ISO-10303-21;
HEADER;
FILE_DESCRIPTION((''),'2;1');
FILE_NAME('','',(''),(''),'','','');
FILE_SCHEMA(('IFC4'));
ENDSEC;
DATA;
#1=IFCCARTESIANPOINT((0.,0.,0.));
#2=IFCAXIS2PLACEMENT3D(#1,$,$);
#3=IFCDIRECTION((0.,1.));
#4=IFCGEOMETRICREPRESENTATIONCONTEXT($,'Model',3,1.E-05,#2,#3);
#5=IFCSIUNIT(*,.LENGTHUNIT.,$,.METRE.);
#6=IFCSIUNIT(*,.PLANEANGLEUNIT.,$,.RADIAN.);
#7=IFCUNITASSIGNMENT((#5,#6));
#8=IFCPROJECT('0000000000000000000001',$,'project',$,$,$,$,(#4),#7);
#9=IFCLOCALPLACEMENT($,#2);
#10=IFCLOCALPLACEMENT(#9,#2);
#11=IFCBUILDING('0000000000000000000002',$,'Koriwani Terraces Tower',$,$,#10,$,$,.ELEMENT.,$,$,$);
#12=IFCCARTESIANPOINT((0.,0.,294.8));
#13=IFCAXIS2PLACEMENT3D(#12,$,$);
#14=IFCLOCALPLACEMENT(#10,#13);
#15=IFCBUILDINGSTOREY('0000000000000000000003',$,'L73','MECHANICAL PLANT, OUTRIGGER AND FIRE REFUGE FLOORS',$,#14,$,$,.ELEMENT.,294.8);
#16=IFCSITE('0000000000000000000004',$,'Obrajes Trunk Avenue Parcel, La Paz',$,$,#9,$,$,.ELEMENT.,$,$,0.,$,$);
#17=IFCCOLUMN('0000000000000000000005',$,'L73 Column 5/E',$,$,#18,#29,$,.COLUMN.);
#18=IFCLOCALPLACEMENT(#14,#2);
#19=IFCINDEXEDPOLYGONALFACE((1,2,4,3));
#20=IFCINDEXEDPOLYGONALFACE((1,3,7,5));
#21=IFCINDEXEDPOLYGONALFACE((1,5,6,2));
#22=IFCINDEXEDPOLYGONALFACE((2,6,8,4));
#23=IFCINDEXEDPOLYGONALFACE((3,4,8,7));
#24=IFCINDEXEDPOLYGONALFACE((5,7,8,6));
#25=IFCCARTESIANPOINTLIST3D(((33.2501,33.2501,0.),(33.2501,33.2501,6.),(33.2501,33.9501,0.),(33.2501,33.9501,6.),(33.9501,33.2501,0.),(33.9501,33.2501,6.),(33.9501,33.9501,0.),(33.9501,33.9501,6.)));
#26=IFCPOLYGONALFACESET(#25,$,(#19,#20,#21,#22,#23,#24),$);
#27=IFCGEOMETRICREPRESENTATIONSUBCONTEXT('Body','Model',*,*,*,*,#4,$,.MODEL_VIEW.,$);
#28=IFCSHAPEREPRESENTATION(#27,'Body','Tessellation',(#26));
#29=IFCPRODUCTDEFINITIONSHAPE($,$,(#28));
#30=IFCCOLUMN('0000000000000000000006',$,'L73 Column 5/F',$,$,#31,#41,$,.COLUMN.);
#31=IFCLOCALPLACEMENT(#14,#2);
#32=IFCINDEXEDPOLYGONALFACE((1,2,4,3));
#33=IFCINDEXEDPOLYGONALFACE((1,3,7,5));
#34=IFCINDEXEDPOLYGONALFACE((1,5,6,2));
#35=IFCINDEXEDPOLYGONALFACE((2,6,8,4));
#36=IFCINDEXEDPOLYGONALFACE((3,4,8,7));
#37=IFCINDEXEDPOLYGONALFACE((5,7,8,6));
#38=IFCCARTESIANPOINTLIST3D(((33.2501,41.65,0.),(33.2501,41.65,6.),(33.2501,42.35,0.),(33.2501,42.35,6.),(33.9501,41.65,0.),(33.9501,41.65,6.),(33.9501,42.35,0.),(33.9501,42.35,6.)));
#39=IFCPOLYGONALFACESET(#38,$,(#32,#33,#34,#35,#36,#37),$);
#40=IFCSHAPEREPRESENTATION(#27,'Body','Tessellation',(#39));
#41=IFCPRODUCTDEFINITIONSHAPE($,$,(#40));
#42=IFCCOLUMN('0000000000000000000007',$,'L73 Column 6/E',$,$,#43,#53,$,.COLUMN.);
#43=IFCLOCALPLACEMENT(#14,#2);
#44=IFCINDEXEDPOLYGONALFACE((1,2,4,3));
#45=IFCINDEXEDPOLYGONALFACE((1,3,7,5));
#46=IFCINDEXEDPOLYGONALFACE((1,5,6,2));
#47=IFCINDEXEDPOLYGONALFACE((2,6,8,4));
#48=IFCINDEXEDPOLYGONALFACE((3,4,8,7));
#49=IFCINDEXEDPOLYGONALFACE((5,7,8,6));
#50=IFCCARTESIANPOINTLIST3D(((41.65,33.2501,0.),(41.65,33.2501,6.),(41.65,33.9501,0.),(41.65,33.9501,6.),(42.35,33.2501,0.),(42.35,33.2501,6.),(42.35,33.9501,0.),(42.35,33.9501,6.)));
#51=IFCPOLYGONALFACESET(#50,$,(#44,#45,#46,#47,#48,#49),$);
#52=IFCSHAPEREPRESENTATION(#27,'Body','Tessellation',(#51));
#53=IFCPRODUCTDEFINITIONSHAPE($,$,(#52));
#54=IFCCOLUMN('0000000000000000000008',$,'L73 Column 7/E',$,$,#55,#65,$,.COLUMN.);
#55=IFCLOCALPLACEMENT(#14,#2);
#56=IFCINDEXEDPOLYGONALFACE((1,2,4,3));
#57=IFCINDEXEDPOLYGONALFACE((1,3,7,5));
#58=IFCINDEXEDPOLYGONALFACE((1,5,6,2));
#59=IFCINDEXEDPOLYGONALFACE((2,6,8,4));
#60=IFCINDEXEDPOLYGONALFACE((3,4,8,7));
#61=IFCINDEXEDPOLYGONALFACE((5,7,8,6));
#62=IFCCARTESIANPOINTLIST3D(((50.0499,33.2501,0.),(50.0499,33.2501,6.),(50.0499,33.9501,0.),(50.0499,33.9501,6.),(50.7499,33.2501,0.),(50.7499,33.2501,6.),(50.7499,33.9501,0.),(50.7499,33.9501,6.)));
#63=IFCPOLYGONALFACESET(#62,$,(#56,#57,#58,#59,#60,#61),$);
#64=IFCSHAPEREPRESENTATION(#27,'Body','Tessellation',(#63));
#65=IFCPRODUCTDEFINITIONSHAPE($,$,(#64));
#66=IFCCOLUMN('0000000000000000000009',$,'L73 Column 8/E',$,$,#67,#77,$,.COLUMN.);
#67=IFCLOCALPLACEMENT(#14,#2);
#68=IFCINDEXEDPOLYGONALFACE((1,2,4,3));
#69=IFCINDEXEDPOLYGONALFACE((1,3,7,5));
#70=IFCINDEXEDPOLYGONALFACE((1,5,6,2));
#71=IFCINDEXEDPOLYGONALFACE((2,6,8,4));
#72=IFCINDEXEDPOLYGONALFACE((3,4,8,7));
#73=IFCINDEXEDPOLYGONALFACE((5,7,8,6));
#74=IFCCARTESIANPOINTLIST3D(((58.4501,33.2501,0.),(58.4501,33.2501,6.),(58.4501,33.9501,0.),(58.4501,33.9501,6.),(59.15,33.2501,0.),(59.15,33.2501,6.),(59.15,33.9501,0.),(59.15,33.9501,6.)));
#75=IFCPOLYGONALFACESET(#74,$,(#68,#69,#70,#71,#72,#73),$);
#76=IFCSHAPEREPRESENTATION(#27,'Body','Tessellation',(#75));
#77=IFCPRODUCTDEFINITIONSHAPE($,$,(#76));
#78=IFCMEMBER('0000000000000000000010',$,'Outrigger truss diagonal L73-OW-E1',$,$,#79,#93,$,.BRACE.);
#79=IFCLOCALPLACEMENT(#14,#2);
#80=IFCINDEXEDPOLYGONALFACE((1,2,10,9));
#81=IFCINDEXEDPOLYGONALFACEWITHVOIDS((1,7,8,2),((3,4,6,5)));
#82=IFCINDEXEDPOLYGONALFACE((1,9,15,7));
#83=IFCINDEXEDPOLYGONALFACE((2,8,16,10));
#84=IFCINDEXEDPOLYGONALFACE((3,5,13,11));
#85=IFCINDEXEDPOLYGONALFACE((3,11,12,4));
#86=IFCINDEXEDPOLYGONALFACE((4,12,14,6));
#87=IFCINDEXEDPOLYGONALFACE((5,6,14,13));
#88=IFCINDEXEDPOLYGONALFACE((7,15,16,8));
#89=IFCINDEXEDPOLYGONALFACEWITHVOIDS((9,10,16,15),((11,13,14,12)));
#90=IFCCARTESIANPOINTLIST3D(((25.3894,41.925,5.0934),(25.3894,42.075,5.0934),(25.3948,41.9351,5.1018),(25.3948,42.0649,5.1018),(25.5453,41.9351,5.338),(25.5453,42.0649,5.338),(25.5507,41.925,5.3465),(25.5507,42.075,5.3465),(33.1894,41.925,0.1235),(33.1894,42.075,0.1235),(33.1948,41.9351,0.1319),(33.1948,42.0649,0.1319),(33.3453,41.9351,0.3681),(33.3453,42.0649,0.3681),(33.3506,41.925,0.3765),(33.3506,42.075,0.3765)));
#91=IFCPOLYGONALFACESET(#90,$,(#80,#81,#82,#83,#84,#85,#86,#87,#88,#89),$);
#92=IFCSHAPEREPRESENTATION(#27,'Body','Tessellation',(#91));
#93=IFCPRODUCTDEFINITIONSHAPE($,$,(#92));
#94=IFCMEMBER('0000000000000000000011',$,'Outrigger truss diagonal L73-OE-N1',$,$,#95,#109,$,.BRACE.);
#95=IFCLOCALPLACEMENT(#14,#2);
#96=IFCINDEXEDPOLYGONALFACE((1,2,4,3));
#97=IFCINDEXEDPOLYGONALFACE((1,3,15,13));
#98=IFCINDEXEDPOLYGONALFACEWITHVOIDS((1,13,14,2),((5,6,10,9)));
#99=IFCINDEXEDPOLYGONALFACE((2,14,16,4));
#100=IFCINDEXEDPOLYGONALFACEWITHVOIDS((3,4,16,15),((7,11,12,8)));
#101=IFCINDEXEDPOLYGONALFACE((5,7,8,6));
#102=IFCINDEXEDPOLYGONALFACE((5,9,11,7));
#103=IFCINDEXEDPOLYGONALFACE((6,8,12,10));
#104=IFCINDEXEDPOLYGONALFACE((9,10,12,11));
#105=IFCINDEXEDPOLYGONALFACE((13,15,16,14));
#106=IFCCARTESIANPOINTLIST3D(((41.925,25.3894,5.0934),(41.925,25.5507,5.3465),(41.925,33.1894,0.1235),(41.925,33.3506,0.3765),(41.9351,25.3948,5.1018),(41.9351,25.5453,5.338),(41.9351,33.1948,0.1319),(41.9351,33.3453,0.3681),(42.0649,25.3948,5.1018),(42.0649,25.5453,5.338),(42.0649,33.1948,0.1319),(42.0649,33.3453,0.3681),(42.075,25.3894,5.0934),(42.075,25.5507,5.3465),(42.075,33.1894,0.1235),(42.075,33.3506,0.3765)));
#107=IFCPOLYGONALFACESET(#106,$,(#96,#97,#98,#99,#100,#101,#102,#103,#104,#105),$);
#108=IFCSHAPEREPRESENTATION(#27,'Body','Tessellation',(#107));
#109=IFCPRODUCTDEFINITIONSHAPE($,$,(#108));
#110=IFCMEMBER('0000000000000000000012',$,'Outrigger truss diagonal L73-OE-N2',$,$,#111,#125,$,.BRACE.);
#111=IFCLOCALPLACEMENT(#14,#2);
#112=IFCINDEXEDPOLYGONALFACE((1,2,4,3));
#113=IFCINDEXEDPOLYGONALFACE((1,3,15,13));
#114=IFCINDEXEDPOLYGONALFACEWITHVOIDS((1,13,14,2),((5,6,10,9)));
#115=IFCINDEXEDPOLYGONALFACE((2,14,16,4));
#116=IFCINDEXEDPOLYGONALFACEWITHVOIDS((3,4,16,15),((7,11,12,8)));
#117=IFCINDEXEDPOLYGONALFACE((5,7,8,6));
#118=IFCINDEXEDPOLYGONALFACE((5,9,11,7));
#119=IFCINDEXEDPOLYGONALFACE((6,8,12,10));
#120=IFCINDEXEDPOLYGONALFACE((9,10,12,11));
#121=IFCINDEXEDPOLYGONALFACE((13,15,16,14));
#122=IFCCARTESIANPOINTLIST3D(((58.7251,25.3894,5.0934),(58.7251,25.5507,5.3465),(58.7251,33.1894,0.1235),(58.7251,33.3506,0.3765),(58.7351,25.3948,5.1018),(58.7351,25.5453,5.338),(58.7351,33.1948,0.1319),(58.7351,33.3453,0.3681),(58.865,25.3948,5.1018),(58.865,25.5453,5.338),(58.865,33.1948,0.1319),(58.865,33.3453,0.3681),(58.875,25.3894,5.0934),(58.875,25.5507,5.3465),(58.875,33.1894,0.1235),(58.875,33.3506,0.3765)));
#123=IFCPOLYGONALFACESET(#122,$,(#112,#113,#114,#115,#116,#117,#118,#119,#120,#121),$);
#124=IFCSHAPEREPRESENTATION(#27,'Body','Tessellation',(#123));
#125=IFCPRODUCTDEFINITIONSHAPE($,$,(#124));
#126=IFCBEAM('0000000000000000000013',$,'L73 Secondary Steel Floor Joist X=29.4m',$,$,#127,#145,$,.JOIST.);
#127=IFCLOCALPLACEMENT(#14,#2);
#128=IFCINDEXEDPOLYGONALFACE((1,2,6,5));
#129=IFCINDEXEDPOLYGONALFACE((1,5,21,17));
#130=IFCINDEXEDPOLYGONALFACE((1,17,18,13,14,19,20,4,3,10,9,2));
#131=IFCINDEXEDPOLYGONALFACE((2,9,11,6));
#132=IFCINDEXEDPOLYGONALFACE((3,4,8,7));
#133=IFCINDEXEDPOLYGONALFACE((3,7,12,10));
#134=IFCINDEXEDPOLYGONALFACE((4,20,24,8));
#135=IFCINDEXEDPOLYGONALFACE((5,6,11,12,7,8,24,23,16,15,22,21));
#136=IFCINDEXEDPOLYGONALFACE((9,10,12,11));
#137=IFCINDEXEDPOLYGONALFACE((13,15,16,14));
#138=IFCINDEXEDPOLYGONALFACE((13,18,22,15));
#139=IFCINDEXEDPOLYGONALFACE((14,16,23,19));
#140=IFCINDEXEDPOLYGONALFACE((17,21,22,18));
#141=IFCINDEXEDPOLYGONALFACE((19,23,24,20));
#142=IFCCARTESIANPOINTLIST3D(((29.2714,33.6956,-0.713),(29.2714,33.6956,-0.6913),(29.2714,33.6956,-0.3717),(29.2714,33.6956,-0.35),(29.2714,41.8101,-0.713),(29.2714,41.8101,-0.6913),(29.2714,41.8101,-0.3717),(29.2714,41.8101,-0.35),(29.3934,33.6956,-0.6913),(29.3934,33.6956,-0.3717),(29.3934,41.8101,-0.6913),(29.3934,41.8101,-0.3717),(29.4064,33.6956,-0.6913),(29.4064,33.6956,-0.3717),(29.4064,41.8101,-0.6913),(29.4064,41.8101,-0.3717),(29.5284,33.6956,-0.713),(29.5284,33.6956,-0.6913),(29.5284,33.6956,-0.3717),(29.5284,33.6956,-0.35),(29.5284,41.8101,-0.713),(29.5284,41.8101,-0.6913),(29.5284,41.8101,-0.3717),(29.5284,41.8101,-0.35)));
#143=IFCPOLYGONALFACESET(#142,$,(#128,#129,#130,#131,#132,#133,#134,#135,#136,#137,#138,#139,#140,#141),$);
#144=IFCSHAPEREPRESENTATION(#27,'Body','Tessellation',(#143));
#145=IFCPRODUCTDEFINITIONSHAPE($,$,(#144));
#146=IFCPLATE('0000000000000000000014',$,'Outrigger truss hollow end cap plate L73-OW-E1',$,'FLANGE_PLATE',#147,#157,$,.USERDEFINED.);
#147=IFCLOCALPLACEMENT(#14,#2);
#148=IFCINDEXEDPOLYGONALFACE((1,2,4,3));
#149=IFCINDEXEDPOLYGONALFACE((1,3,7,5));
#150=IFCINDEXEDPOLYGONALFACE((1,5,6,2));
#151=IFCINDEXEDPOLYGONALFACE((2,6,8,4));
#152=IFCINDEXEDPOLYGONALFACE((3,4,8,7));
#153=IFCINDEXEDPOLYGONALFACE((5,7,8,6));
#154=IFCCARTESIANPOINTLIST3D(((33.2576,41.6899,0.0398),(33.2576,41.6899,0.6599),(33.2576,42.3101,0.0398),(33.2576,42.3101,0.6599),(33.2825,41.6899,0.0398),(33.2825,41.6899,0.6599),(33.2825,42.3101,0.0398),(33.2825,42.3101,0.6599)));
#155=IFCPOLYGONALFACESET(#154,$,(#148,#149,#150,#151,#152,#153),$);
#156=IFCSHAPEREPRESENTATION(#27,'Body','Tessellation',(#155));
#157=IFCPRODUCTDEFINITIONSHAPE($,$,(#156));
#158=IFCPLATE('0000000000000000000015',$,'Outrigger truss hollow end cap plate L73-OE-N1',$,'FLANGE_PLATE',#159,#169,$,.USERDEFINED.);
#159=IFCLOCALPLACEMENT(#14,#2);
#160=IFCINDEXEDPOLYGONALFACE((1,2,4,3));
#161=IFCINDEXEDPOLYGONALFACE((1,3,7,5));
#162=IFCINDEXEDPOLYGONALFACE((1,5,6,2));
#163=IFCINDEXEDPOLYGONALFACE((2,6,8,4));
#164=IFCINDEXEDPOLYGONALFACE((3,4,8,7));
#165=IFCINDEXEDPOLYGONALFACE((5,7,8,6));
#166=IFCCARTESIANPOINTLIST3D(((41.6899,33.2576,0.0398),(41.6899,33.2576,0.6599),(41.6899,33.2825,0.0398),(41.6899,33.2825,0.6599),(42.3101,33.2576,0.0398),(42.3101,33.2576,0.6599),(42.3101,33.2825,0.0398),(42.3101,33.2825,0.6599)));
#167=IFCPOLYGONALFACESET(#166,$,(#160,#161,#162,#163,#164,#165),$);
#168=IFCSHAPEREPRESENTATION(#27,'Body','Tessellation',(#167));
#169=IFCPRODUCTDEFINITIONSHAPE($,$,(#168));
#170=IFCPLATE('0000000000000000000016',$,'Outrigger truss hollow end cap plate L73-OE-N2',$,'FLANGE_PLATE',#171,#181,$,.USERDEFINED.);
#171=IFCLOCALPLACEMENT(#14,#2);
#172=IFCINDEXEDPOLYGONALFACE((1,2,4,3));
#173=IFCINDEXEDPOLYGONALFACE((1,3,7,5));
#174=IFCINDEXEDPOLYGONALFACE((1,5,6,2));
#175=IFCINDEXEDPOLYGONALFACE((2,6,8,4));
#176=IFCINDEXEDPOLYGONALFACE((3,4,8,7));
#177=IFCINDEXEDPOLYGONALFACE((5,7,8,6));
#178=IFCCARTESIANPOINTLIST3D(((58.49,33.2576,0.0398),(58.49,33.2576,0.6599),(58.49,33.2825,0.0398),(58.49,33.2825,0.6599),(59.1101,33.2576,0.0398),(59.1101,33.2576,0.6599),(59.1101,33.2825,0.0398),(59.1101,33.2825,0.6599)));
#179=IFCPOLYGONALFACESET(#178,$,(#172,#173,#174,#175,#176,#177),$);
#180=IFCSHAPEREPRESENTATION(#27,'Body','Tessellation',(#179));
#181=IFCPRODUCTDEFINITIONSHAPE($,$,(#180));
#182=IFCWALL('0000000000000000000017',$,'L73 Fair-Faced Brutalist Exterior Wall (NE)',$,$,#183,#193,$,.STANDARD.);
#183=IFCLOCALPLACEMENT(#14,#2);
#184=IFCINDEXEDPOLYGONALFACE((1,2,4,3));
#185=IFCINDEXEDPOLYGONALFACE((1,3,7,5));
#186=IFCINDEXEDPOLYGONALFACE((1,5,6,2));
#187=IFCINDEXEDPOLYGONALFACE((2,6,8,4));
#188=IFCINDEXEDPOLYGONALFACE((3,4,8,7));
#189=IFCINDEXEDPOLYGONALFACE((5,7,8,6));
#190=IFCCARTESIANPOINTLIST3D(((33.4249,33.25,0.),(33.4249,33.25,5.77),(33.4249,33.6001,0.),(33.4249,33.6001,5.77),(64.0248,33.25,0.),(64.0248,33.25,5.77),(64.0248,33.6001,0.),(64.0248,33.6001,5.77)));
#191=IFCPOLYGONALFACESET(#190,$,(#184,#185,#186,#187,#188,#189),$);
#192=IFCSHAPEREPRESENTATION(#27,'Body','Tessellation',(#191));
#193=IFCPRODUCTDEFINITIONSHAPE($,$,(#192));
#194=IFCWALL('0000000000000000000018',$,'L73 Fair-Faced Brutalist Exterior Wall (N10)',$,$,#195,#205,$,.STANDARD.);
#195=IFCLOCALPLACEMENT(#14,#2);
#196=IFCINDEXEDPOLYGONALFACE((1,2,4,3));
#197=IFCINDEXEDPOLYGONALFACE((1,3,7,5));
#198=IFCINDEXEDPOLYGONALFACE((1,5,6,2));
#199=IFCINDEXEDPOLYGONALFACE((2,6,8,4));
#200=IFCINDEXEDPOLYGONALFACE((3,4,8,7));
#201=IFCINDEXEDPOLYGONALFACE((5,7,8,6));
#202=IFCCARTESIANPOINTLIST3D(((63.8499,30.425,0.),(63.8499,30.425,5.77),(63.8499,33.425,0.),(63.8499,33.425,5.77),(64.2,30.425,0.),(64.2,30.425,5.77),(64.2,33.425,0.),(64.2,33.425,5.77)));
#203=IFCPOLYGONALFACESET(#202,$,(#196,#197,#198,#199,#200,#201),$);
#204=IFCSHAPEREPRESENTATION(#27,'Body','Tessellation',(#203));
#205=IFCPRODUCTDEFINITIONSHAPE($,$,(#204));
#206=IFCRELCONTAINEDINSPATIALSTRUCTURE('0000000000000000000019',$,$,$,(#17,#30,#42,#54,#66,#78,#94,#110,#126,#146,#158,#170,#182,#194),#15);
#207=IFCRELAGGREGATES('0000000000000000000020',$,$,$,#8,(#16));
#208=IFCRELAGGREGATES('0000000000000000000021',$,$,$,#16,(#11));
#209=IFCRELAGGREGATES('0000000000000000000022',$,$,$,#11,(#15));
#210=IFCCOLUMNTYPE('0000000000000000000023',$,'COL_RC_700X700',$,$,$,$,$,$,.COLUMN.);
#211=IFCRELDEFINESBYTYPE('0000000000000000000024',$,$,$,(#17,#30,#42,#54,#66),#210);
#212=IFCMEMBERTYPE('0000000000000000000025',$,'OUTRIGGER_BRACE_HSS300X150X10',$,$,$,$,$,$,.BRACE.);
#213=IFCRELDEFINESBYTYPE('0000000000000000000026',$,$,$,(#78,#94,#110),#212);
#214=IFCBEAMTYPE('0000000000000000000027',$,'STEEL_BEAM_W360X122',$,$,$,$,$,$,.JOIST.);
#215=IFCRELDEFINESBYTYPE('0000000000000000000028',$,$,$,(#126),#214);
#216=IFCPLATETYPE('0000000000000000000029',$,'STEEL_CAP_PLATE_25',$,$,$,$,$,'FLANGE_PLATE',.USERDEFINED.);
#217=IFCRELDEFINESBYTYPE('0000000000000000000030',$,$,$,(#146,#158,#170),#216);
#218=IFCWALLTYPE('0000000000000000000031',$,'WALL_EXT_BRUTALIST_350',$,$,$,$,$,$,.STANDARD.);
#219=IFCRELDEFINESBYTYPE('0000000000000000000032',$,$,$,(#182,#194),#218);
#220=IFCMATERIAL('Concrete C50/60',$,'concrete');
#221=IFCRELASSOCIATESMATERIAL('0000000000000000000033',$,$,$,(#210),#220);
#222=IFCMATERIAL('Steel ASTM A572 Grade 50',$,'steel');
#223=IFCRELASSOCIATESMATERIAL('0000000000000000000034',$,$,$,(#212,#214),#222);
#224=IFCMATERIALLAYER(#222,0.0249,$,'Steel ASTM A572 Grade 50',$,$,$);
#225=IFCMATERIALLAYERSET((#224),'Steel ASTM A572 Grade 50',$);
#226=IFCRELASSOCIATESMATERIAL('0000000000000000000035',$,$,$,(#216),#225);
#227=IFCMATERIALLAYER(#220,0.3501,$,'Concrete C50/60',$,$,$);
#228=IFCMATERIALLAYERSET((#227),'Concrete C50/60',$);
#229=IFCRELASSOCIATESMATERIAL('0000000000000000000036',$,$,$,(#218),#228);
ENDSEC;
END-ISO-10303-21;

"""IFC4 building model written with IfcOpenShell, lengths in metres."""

from ifc_helpers import new_model, si_unit, direction, frame, frame_2d, origin, origin_2d, place, context, subcontext, project, spatial, rectangle, hollow_rectangle, i_section, extrude, material, layer, layer_set, material_profile, profile_set, type_object, element, save


model = new_model("IFC4")

# Units and contexts
model_context = context("Model", 3, precision=1e-05, world=origin(), true_north=direction((0.0, 1.0)))
body_context = subcontext(model_context, "Body", "Model", "MODEL_VIEW")
ifc_project = project(units=[si_unit("LENGTHUNIT", "METRE"), si_unit("PLANEANGLEUNIT", "RADIAN")], contexts=[model_context])

# Site, building, storey
site_placement = place(None, origin())
site = spatial("IfcSite", under=ifc_project, at=site_placement, Name="Obrajes Trunk Avenue Parcel, La Paz", CompositionType="ELEMENT", RefElevation=0.0)
building_placement = place(site_placement, origin())
building = spatial("IfcBuilding", under=site, at=building_placement, Name="Koriwani Terraces Tower", CompositionType="ELEMENT")
storey_placement = place(building_placement, frame((0.0, 0.0, 294.8)))
storey = spatial("IfcBuildingStorey", under=building, at=storey_placement, Name="L73", Description="MECHANICAL PLANT, OUTRIGGER AND FIRE REFUGE FLOORS", CompositionType="ELEMENT", Elevation=294.8)

# Columns
ifc_material_1 = material(Name="Concrete C50/60", Category="concrete")
ifc_material_profile_1 = material_profile(ifc_material_1, rectangle(XDim=0.7, YDim=0.7, at=origin_2d()), Name="Concrete C50/60", Category="LoadBearing")
ifc_profile_set_1 = profile_set([ifc_material_profile_1], Name="Concrete C50/60")
column_type = type_object("IfcColumnType", Name="COL_RC_700X700", PredefinedType="COLUMN", material=ifc_profile_set_1)
for number, where, z_axis, x_axis, name in (
    (1, (33.6001, 33.6001, 0.0), (0.0, 0.0, 1.0), (1.0, 0.0, 0.0), "L73 Column 5/E"),
    (2, (33.6001, 42.0, 0.0), (0.0, 0.0, 1.0), (1.0, 0.0, 0.0), "L73 Column 5/F"),
    (3, (42.0, 33.6001, 0.0), (0.0, 0.0, 1.0), (1.0, 0.0, 0.0), "L73 Column 6/E"),
    (4, (50.3999, 33.6001, 0.0), (0.0, 0.0, 1.0), (1.0, 0.0, 0.0), "L73 Column 7/E"),
    (5, (58.8, 33.6001, 0.0), (0.0, 0.0, 1.0), (1.0, 0.0, 0.0), "L73 Column 8/E"),
):
    element("IfcColumn", number, at=place(storey_placement, frame(where, z_axis=z_axis, x_axis=x_axis)), inside=storey, type_object=column_type, Name=name, PredefinedType="COLUMN", context=body_context, shape_type="SweptSolid", body=[
        extrude(rectangle(XDim=0.7, YDim=0.7, at=origin_2d()), origin(), (0.0, 0.0, 1.0), 6.0),
    ])

# Members
ifc_material_2 = material(Name="Steel ASTM A572 Grade 50", Category="steel")
ifc_material_profile_2 = material_profile(ifc_material_2, hollow_rectangle(XDim=0.1499, YDim=0.3, WallThickness=0.01, at=origin_2d()), Name="Steel ASTM A572 Grade 50", Category="LoadBearing")
ifc_profile_set_2 = profile_set([ifc_material_profile_2], Name="Steel ASTM A572 Grade 50")
member_type = type_object("IfcMemberType", Name="OUTRIGGER_BRACE_HSS300X150X10", PredefinedType="BRACE", material=ifc_profile_set_2)
for number, where, z_axis, x_axis, name in (
    (6, (33.27, 42.0, 0.25), (-0.843353, 0.0, 0.53736), (0.0, -1.0, 0.0), "Outrigger truss diagonal L73-OW-E1"),
    (7, (42.0, 33.27, 0.25), (0.0, -0.843353, 0.53736), (1.0, 0.0, 0.0), "Outrigger truss diagonal L73-OE-N1"),
    (8, (58.8, 33.27, 0.25), (0.0, -0.843353, 0.53736), (1.0, 0.0, 0.0), "Outrigger truss diagonal L73-OE-N2"),
):
    element("IfcMember", number, at=place(storey_placement, frame(where, z_axis=z_axis, x_axis=x_axis)), inside=storey, type_object=member_type, Name=name, PredefinedType="BRACE", context=body_context, shape_type="SweptSolid", body=[
        extrude(hollow_rectangle(XDim=0.1499, YDim=0.3, WallThickness=0.01, at=origin_2d()), origin(), (0.0, 0.0, 1.0), 9.2488),
    ])

# Beam
ifc_material_profile_3 = material_profile(ifc_material_2, i_section(OverallWidth=0.2571, OverallDepth=0.363, WebThickness=0.0129, FlangeThickness=0.0217, at=origin_2d()), Name="Steel ASTM A572 Grade 50", Category="LoadBearing")
ifc_profile_set_3 = profile_set([ifc_material_profile_3], Name="Steel ASTM A572 Grade 50")
beam_type = type_object("IfcBeamType", Name="STEEL_BEAM_W360X122", PredefinedType="JOIST", material=ifc_profile_set_3)
beam_placement = place(storey_placement, frame((29.3999, 33.6956, -0.5315), z_axis=(0.0, 1.0, 0.0), x_axis=(-1.0, 0.0, 0.0)))
element("IfcBeam", 9, at=beam_placement, inside=storey, type_object=beam_type, Name="L73 Secondary Steel Floor Joist X=29.4m", PredefinedType="JOIST", context=body_context, shape_type="SweptSolid", body=[
    extrude(i_section(OverallWidth=0.2571, OverallDepth=0.363, WebThickness=0.0129, FlangeThickness=0.0217, at=origin_2d()), origin(), (0.0, 0.0, 1.0), 8.1145),
])

# Plates
ifc_layer_1 = layer(ifc_material_2, 0.0249, Name="Steel ASTM A572 Grade 50")
ifc_layer_set_1 = layer_set([ifc_layer_1], Name="Steel ASTM A572 Grade 50")
plate_type = type_object("IfcPlateType", Name="STEEL_CAP_PLATE_25", ElementType="FLANGE_PLATE", PredefinedType="USERDEFINED", material=ifc_layer_set_1)
for number, where, z_axis, x_axis, name in (
    (10, (33.27, 42.0, 0.0398), (0.0, 0.0, 1.0), (-1.0, 0.0, 0.0), "Outrigger truss hollow end cap plate L73-OW-E1"),
    (11, (42.0, 33.27, 0.0398), (0.0, 0.0, 1.0), (0.0, -1.0, 0.0), "Outrigger truss hollow end cap plate L73-OE-N1"),
    (12, (58.8, 33.27, 0.0398), (0.0, 0.0, 1.0), (0.0, -1.0, 0.0), "Outrigger truss hollow end cap plate L73-OE-N2"),
):
    element("IfcPlate", number, at=place(storey_placement, frame(where, z_axis=z_axis, x_axis=x_axis)), inside=storey, type_object=plate_type, Name=name, ObjectType="FLANGE_PLATE", PredefinedType="USERDEFINED", context=body_context, shape_type="SweptSolid", body=[
        extrude(rectangle(XDim=0.0249, YDim=0.6201, at=origin_2d()), origin(), (0.0, 0.0, 1.0), 0.6201),
    ])

# Walls
ifc_layer_2 = layer(ifc_material_1, 0.3501, Name="Concrete C50/60")
ifc_layer_set_2 = layer_set([ifc_layer_2], Name="Concrete C50/60")
wall_type_1 = type_object("IfcWallType", Name="WALL_EXT_BRUTALIST_350", PredefinedType="STANDARD", material=ifc_layer_set_2)
wall_1_placement = place(storey_placement, frame((33.425, 33.425, 0.0), z_axis=(0.0, 0.0, 1.0), x_axis=(1.0, 0.0, 0.0)))
element("IfcWall", 13, at=wall_1_placement, inside=storey, type_object=wall_type_1, Name="L73 Fair-Faced Brutalist Exterior Wall (NE)", PredefinedType="STANDARD", context=body_context, shape_type="SweptSolid", body=[
    extrude(rectangle(XDim=30.5999, YDim=0.3501, at=frame_2d((15.2998, 0.0))), origin(), (0.0, 0.0, 1.0), 5.77),
])
for number, where, z_axis, x_axis, name in (
    (14, (64.0249, 33.425, 0.0), (0.0, 0.0, 1.0), (0.0, -1.0, 0.0), "L73 Fair-Faced Brutalist Exterior Wall (N10)"),
):
    element("IfcWall", number, at=place(storey_placement, frame(where, z_axis=z_axis, x_axis=x_axis)), inside=storey, type_object=wall_type_1, Name=name, PredefinedType="STANDARD", context=body_context, shape_type="SweptSolid", body=[
        extrude(rectangle(XDim=3.0, YDim=0.3501, at=frame_2d((1.5, 0.0))), origin(), (0.0, 0.0, 1.0), 5.77),
    ])

save(model, "model.ifc")
